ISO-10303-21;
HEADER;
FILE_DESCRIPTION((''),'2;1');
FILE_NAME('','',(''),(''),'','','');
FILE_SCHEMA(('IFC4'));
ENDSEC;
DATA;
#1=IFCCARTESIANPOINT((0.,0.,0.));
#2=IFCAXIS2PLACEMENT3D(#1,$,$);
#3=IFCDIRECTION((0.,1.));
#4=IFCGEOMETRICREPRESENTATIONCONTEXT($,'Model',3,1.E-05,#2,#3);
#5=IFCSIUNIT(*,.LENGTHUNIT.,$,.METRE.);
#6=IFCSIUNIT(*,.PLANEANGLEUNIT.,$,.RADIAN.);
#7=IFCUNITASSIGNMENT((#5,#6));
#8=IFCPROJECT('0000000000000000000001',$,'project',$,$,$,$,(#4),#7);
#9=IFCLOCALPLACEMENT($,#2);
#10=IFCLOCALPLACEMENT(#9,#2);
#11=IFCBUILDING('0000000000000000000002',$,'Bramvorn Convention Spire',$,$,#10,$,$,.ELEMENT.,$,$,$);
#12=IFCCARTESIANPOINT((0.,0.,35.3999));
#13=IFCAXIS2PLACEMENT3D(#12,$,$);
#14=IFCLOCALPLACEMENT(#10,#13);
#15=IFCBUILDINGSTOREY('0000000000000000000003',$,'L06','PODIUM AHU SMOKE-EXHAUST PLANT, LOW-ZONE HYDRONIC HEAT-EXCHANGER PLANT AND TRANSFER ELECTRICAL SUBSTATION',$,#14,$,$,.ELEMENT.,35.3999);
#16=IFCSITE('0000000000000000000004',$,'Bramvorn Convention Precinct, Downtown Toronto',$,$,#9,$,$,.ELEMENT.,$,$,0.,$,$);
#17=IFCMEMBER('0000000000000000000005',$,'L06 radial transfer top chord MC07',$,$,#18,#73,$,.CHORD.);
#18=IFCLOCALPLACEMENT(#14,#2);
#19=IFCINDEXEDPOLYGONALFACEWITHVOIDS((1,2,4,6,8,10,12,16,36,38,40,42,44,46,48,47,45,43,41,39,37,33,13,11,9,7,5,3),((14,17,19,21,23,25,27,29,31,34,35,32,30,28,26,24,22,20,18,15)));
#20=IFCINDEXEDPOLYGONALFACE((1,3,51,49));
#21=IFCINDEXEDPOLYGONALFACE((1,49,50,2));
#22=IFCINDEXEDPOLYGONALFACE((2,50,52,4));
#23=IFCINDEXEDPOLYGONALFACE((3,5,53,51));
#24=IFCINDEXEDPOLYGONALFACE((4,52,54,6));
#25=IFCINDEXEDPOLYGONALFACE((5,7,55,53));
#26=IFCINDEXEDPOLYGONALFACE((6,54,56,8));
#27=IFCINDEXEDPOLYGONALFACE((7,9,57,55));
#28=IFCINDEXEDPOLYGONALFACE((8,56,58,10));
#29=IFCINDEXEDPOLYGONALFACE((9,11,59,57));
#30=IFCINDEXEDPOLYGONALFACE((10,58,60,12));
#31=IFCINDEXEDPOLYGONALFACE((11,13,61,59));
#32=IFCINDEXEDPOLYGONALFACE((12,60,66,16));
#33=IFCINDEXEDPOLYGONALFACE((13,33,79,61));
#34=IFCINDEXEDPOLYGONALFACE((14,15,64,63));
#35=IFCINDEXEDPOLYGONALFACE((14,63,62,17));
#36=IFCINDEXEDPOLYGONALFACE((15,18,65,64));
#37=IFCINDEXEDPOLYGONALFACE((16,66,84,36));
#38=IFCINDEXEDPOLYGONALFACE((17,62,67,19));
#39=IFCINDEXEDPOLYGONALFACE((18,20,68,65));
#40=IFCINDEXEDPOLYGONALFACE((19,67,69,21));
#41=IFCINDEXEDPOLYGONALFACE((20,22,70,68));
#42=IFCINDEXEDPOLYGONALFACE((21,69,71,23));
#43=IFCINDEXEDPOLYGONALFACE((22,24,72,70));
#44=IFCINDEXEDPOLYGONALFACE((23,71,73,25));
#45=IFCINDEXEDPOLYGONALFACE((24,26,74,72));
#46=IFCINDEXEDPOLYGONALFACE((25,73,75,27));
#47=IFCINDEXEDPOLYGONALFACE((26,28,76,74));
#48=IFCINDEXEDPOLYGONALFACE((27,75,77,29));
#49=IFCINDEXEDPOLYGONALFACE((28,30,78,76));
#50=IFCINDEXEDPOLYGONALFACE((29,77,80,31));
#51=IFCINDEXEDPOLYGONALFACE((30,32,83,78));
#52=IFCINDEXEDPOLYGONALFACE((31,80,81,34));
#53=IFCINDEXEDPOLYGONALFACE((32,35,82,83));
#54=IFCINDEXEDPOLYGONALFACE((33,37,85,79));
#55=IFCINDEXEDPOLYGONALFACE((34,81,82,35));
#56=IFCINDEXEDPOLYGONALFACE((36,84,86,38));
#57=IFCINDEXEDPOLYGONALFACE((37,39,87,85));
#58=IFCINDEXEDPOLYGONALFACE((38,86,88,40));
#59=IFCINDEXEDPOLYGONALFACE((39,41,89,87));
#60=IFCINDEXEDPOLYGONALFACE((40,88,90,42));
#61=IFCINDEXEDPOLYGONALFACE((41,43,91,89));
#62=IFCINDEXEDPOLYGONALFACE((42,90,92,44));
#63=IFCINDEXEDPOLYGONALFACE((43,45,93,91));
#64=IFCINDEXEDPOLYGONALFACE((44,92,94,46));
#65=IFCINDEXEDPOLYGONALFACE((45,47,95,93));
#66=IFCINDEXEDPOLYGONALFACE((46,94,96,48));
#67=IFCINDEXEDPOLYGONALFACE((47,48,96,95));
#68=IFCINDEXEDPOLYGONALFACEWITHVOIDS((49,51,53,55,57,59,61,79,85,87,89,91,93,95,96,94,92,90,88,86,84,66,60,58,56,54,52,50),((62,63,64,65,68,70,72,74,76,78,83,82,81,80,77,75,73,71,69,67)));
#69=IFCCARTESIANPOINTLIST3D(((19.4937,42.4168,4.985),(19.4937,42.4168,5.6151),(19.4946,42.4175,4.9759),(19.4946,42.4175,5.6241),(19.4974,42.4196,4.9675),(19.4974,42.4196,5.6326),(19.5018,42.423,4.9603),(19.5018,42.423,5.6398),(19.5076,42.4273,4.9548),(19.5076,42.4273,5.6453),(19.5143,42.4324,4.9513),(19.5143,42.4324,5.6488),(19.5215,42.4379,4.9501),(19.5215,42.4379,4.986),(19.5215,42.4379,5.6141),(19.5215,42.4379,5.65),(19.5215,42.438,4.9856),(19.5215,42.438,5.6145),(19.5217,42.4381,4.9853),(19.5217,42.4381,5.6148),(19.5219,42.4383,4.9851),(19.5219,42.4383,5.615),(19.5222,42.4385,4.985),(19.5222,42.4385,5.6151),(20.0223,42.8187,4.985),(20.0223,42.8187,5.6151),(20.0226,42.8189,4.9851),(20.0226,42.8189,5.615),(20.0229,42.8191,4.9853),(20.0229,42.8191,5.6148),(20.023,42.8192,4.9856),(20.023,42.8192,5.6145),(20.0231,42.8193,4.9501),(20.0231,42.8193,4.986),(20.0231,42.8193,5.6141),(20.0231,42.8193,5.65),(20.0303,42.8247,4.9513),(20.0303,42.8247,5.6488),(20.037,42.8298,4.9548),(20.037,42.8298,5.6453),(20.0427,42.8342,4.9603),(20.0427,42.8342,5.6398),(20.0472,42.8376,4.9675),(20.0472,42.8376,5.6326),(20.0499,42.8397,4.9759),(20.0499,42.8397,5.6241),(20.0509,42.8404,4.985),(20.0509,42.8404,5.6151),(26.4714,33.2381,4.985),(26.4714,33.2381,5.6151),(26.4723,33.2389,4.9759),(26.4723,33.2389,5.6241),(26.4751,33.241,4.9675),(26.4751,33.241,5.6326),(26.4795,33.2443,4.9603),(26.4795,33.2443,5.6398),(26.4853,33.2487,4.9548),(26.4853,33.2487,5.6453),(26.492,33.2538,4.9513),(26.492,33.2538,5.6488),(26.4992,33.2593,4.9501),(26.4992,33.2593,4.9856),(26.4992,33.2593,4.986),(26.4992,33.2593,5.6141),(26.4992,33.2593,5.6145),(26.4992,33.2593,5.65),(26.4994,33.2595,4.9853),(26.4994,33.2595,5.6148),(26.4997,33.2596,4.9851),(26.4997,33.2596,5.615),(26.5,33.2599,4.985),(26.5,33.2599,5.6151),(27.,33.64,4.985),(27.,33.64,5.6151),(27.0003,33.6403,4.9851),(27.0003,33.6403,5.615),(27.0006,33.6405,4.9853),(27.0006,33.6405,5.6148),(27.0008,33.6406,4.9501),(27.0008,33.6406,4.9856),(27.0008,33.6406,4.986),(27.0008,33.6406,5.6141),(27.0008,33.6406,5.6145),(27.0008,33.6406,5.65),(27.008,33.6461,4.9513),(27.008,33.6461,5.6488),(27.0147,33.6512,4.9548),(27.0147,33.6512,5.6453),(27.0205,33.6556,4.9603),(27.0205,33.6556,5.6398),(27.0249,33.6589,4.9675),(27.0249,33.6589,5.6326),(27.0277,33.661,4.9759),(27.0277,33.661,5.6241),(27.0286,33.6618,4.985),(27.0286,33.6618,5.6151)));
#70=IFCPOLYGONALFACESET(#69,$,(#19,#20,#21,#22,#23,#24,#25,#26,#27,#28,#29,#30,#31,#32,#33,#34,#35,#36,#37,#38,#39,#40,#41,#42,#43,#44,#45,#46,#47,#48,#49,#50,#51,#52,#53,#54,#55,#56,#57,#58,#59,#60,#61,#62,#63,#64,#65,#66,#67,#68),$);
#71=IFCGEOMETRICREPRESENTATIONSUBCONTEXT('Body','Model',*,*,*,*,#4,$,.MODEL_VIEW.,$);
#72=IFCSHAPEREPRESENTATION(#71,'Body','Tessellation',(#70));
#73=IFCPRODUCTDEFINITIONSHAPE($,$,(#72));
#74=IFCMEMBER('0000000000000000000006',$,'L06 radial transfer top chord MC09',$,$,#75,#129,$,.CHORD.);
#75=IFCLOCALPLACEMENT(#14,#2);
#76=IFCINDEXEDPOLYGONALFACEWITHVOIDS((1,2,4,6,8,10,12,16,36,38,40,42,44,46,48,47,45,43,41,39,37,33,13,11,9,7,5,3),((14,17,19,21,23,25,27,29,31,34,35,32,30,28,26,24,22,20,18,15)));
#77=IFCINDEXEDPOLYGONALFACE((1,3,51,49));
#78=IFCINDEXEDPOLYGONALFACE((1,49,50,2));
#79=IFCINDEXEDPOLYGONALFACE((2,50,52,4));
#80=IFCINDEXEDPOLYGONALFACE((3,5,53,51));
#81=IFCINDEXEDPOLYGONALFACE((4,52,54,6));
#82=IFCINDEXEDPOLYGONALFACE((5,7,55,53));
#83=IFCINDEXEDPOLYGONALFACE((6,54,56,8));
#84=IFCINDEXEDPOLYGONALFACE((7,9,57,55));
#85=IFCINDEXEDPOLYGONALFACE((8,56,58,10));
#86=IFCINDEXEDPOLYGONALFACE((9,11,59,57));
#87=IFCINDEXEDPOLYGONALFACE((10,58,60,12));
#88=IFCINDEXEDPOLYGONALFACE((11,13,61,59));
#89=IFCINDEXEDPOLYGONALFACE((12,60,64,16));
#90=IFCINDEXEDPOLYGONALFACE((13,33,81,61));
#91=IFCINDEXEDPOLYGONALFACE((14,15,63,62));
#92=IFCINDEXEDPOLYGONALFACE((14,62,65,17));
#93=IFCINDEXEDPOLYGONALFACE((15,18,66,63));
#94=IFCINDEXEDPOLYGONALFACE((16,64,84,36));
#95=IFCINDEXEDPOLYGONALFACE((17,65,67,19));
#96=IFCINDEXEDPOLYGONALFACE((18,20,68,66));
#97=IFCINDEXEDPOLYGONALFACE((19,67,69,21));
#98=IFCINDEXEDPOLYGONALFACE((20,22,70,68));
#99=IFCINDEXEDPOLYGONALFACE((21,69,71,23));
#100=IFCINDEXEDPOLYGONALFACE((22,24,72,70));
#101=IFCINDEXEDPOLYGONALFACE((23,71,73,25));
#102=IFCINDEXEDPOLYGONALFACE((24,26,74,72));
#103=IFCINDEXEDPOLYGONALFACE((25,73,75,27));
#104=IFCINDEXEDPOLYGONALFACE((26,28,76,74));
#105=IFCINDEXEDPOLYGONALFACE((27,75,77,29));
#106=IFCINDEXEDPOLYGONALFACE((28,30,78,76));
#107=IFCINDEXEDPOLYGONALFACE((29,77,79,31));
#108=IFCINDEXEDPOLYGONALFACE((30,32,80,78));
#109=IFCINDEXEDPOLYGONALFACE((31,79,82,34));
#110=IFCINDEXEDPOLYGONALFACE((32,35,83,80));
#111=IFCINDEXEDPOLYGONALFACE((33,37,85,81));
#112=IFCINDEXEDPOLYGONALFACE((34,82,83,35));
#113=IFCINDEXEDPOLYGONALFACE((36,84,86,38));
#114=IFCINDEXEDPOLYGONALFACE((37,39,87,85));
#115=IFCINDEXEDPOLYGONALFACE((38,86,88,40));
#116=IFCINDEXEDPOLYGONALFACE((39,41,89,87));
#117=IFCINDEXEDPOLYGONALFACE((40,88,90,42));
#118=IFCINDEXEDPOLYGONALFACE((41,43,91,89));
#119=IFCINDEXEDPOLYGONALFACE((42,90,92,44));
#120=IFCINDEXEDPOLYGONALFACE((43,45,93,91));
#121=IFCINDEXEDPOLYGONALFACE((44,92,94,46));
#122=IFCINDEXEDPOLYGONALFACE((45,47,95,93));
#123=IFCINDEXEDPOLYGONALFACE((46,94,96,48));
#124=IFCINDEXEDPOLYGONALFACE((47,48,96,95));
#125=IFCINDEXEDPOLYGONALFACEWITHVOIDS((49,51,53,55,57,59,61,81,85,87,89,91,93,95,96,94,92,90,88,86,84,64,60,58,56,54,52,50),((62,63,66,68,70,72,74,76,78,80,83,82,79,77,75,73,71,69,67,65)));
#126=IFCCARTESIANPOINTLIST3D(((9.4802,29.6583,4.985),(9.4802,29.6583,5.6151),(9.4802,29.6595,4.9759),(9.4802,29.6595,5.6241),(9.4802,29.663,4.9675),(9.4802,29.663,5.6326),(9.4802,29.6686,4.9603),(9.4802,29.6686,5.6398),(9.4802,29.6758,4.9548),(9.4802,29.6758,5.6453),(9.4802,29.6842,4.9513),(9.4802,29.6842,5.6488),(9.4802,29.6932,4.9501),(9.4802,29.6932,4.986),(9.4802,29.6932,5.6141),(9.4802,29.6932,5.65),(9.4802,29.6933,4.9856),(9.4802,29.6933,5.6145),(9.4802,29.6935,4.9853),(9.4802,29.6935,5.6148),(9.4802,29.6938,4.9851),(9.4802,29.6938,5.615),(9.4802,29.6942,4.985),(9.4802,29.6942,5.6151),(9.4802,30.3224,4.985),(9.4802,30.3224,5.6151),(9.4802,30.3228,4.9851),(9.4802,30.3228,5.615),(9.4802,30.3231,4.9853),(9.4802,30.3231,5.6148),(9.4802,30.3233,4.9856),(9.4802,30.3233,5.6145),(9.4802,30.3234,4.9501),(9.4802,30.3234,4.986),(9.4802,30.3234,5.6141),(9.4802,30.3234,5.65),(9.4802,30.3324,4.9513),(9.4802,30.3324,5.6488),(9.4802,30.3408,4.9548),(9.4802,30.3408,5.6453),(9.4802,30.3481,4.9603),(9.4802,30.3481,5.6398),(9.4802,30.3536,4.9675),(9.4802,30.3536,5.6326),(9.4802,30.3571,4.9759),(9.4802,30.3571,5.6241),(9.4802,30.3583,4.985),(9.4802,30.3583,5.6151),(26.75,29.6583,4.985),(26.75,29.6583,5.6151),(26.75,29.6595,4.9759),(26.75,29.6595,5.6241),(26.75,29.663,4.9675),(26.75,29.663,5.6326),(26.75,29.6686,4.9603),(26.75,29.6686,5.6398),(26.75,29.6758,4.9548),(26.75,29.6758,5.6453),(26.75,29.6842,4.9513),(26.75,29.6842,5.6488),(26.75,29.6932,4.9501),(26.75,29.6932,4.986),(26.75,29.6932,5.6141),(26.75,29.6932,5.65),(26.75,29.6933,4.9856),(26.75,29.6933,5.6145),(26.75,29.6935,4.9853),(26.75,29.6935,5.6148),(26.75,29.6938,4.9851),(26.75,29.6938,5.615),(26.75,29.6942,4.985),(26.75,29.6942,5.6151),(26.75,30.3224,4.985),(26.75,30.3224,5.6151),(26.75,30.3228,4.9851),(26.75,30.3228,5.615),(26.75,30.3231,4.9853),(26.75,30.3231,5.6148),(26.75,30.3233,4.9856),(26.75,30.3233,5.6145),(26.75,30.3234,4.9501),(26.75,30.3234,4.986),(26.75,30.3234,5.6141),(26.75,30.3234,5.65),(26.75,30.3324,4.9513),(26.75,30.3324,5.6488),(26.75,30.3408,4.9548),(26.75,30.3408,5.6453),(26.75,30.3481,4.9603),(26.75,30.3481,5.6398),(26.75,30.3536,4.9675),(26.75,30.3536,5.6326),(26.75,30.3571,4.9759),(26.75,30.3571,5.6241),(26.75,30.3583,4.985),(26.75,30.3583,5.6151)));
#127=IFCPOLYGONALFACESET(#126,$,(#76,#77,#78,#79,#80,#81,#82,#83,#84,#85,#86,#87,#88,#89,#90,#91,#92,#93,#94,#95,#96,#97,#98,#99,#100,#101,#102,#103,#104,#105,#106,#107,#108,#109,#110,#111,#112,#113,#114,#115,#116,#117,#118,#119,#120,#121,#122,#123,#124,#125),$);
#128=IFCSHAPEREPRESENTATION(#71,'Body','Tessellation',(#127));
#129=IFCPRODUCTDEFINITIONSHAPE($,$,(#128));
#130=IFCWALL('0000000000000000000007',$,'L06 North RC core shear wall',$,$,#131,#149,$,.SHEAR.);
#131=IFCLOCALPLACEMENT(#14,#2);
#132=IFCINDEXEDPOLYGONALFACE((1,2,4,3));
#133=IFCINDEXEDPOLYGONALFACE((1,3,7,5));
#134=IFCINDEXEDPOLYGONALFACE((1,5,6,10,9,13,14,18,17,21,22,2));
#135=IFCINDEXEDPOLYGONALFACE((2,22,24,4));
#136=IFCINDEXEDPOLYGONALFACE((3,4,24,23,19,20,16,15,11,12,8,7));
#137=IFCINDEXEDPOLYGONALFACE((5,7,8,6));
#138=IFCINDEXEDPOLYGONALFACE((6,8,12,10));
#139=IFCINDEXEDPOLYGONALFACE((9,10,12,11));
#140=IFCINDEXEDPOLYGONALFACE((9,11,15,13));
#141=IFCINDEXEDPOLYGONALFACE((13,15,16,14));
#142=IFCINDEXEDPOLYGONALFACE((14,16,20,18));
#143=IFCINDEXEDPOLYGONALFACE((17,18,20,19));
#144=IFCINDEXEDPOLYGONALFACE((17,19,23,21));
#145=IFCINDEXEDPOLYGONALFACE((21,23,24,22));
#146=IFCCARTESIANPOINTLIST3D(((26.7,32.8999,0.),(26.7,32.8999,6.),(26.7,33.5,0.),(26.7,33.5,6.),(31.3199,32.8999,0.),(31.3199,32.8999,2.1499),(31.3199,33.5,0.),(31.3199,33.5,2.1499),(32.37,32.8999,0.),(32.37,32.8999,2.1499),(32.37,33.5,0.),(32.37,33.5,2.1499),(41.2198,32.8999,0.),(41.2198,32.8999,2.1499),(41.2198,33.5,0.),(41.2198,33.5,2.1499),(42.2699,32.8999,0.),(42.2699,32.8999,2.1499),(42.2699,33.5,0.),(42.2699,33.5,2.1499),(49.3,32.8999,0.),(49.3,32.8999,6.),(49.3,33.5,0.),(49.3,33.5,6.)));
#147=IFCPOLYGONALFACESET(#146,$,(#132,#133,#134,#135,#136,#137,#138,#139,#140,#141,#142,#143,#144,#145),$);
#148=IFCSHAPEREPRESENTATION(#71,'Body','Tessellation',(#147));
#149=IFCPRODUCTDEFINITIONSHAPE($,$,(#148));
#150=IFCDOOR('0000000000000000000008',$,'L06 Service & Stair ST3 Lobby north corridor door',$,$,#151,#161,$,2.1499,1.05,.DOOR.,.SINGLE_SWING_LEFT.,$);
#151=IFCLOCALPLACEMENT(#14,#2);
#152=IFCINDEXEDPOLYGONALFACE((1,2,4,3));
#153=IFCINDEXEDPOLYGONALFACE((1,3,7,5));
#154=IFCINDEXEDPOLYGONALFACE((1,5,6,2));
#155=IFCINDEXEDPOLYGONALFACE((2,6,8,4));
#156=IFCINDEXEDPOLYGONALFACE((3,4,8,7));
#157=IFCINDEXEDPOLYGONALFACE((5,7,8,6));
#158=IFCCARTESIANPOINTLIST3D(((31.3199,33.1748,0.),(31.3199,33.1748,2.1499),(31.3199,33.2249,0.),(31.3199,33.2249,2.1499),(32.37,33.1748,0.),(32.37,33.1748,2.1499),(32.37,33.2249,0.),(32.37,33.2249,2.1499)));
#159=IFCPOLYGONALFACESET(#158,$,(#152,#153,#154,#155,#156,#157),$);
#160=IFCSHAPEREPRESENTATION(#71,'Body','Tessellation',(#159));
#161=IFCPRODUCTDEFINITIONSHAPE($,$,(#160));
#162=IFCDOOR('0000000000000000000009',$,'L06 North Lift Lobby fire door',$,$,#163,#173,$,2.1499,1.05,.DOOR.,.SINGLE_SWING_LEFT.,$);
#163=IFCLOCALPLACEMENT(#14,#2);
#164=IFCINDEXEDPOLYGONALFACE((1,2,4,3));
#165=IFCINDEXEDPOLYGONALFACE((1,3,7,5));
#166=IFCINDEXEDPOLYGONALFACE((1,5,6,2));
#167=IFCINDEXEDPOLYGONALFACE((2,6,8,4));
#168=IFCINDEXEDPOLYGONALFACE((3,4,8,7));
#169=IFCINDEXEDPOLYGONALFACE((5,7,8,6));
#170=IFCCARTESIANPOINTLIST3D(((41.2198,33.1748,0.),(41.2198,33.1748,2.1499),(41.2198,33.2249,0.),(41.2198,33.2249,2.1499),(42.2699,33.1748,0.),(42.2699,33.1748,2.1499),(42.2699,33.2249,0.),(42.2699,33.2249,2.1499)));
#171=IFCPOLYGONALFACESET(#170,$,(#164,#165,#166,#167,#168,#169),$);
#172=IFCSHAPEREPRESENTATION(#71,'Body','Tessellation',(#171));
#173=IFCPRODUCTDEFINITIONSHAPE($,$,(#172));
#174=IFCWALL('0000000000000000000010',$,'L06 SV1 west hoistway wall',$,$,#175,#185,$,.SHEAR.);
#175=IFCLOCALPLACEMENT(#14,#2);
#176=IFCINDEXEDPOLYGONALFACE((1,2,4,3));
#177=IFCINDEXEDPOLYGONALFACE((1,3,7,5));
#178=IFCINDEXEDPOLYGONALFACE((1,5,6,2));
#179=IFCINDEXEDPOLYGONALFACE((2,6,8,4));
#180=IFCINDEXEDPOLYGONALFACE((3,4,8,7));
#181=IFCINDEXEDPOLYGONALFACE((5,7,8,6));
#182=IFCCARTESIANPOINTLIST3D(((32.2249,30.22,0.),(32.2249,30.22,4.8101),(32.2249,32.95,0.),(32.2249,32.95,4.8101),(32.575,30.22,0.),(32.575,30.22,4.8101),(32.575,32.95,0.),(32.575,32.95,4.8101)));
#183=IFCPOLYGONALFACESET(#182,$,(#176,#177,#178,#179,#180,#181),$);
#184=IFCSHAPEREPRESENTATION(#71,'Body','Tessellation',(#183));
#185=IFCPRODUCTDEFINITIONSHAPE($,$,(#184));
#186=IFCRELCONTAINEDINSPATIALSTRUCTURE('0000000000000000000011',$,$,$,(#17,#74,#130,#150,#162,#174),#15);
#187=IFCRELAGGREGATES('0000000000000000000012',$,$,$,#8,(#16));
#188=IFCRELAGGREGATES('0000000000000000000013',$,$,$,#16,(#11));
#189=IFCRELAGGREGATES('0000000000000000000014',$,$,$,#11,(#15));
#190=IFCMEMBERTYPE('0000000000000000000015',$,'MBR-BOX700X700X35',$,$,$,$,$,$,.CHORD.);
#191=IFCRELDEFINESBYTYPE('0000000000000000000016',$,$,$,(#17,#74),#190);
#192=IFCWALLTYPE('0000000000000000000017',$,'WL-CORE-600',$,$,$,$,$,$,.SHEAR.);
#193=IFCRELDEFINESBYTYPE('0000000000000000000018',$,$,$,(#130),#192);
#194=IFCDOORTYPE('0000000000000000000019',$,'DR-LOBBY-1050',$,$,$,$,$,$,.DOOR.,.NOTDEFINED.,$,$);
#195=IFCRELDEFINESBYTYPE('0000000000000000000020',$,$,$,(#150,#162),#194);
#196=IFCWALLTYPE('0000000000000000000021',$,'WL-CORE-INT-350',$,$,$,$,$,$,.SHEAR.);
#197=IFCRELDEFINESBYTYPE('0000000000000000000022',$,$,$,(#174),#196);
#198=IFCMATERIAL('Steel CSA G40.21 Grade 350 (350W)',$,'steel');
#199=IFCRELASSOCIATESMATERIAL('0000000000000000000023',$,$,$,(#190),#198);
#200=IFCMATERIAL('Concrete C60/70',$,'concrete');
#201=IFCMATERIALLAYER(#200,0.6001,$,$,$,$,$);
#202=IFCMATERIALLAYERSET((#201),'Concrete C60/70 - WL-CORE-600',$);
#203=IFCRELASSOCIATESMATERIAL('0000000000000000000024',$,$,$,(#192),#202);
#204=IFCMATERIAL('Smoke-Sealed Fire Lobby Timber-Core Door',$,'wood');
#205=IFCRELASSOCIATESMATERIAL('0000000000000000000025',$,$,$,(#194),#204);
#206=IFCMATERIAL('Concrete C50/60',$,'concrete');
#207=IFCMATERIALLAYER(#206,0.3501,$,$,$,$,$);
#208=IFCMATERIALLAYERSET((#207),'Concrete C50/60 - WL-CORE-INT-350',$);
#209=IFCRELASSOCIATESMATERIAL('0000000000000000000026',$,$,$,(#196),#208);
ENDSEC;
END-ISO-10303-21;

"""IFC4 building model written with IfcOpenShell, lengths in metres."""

from ifc_helpers import new_model, si_unit, direction, frame, frame_2d, origin, origin_2d, place, context, subcontext, project, spatial, rectangle, hollow_rectangle, extrude, material, layer, layer_set, material_profile, profile_set, type_object, element, fill, save


model = new_model("IFC4")

# Units and contexts
model_context = context("Model", 3, precision=1e-05, world=origin(), true_north=direction((0.0, 1.0)))
body_context = subcontext(model_context, "Body", "Model", "MODEL_VIEW")
ifc_project = project(units=[si_unit("LENGTHUNIT", "METRE"), si_unit("PLANEANGLEUNIT", "RADIAN")], contexts=[model_context])

# Site, building, storey
site_placement = place(None, origin())
site = spatial("IfcSite", under=ifc_project, at=site_placement, Name="Bramvorn Convention Precinct, Downtown Toronto", CompositionType="ELEMENT", RefElevation=0.0)
building_placement = place(site_placement, origin())
building = spatial("IfcBuilding", under=site, at=building_placement, Name="Bramvorn Convention Spire", CompositionType="ELEMENT")
storey_placement = place(building_placement, frame((0.0, 0.0, 35.3999)))
storey = spatial("IfcBuildingStorey", under=building, at=storey_placement, Name="L06", Description="PODIUM AHU SMOKE-EXHAUST PLANT, LOW-ZONE HYDRONIC HEAT-EXCHANGER PLANT AND TRANSFER ELECTRICAL SUBSTATION", CompositionType="ELEMENT", Elevation=35.3999)

# Shared definitions
ifc_material_1 = material(Name="Steel CSA G40.21 Grade 350 (350W)", Category="steel")

# Members
ifc_material_profile_1 = material_profile(ifc_material_1, hollow_rectangle(XDim=0.7, YDim=0.7, WallThickness=0.0349, InnerFilletRadius=0.001, OuterFilletRadius=0.0349, at=origin_2d()))
ifc_profile_set_1 = profile_set([ifc_material_profile_1], Name="Steel CSA G40.21 Grade 350 (350W) - BOX700X700X35")
member_type = type_object("IfcMemberType", Name="MBR-BOX700X700X35", PredefinedType="CHORD", material=ifc_profile_set_1)
member_1_placement = place(storey_placement, frame((26.75, 33.45, 5.3), z_axis=(-0.605191, 0.79608, 0.0), x_axis=(-0.79608, -0.605191, 0.0)))
element("IfcMember", 1, at=member_1_placement, inside=storey, type_object=member_type, Name="L06 radial transfer top chord MC07", PredefinedType="CHORD", context=body_context, shape_type="SweptSolid", body=[
    extrude(hollow_rectangle(XDim=0.7, YDim=0.7, WallThickness=0.0349, InnerFilletRadius=0.001, OuterFilletRadius=0.0349, at=origin_2d()), origin(), (0.0, 0.0, 1.0), 11.5298),
])
member_2_placement = place(storey_placement, frame((26.75, 30.0083, 5.3), z_axis=(-1.0, 0.0, 0.0), x_axis=(0.0, -1.0, 0.0)))
element("IfcMember", 2, at=member_2_placement, inside=storey, type_object=member_type, Name="L06 radial transfer top chord MC09", PredefinedType="CHORD", context=body_context, shape_type="SweptSolid", body=[
    extrude(hollow_rectangle(XDim=0.7, YDim=0.7, WallThickness=0.0349, InnerFilletRadius=0.001, OuterFilletRadius=0.0349, at=origin_2d()), origin(), (0.0, 0.0, 1.0), 17.2698),
])

# Wall, openings, doors
ifc_material_2 = material(Name="Concrete C60/70", Category="concrete")
ifc_layer_1 = layer(ifc_material_2, 0.6001)
ifc_layer_set_1 = layer_set([ifc_layer_1], Name="Concrete C60/70 - WL-CORE-600")
wall_type_1 = type_object("IfcWallType", Name="WL-CORE-600", PredefinedType="SHEAR", material=ifc_layer_set_1)
wall_1_placement = place(storey_placement, frame((26.7, 33.2, 0.0), z_axis=(0.0, 0.0, 1.0), x_axis=(1.0, 0.0, 0.0)))
wall_1 = element("IfcWall", 3, at=wall_1_placement, inside=storey, type_object=wall_type_1, Name="L06 North RC core shear wall", PredefinedType="SHEAR", context=body_context, shape_type="SweptSolid", body=[
    extrude(rectangle(XDim=22.6001, YDim=0.6001, at=frame_2d((11.3, 0.0))), origin(), (0.0, 0.0, 1.0), 6.0),
])
opening_1_placement = place(wall_1_placement, frame((4.6201, 0.0, 0.0)))
opening_1 = element("IfcOpeningElement", 4, at=opening_1_placement, cuts=wall_1, PredefinedType="OPENING", context=body_context, shape_type="SweptSolid", body=[
    extrude(rectangle(XDim=1.05, YDim=2.1499, at=frame_2d((0.5249, 1.075))), frame((0.0, 0.3101, 0.0), z_axis=(0.0, -1.0, 0.0), x_axis=(1.0, 0.0, 0.0)), (0.0, 0.0, 1.0), 0.6201),
])
opening_2_placement = place(wall_1_placement, frame((14.52, 0.0, 0.0)))
opening_2 = element("IfcOpeningElement", 5, at=opening_2_placement, cuts=wall_1, PredefinedType="OPENING", context=body_context, shape_type="SweptSolid", body=[
    extrude(rectangle(XDim=1.05, YDim=2.1499, at=frame_2d((0.5249, 1.075))), frame((0.0, 0.3101, 0.0), z_axis=(0.0, -1.0, 0.0), x_axis=(1.0, 0.0, 0.0)), (0.0, 0.0, 1.0), 0.6201),
])
ifc_material_3 = material(Name="Smoke-Sealed Fire Lobby Timber-Core Door", Category="wood")
door_type_1 = type_object("IfcDoorType", Name="DR-LOBBY-1050", OperationType="NOTDEFINED", PredefinedType="DOOR", material=ifc_material_3)
door_1_placement = place(opening_1_placement, origin())
door_1 = element("IfcDoor", 6, at=door_1_placement, inside=storey, type_object=door_type_1, Name="L06 Service & Stair ST3 Lobby north corridor door", OperationType="SINGLE_SWING_LEFT", OverallHeight=2.1499, OverallWidth=1.05, PredefinedType="DOOR", context=body_context, shape_type="SweptSolid", body=[
    extrude(rectangle(XDim=1.05, YDim=2.1499, at=frame_2d((0.5249, 1.075))), frame((0.0, 0.0249, 0.0), z_axis=(0.0, -1.0, 0.0), x_axis=(1.0, 0.0, 0.0)), (0.0, 0.0, 1.0), 0.05),
])
fill(opening_1, door_1)
door_2_placement = place(opening_2_placement, origin())
door_2 = element("IfcDoor", 7, at=door_2_placement, inside=storey, type_object=door_type_1, Name="L06 North Lift Lobby fire door", OperationType="SINGLE_SWING_LEFT", OverallHeight=2.1499, OverallWidth=1.05, PredefinedType="DOOR", context=body_context, shape_type="SweptSolid", body=[
    extrude(rectangle(XDim=1.05, YDim=2.1499, at=frame_2d((0.5249, 1.075))), frame((0.0, 0.0249, 0.0), z_axis=(0.0, -1.0, 0.0), x_axis=(1.0, 0.0, 0.0)), (0.0, 0.0, 1.0), 0.05),
])
fill(opening_2, door_2)

# Shared definitions
ifc_material_4 = material(Name="Concrete C50/60", Category="concrete")
ifc_layer_2 = layer(ifc_material_4, 0.3501)
ifc_layer_set_2 = layer_set([ifc_layer_2], Name="Concrete C50/60 - WL-CORE-INT-350")
wall_type_2 = type_object("IfcWallType", Name="WL-CORE-INT-350", PredefinedType="SHEAR", material=ifc_layer_set_2)

# Wall
wall_2_placement = place(storey_placement, frame((32.3999, 30.22, 0.0), z_axis=(0.0, 0.0, 1.0), x_axis=(0.0, 1.0, 0.0)))
element("IfcWall", 8, at=wall_2_placement, inside=storey, type_object=wall_type_2, Name="L06 SV1 west hoistway wall", PredefinedType="SHEAR", context=body_context, shape_type="SweptSolid", body=[
    extrude(rectangle(XDim=2.73, YDim=0.3501, at=frame_2d((1.365, 0.0))), origin(), (0.0, 0.0, 1.0), 4.8101),
])

save(model, "model.ifc")
